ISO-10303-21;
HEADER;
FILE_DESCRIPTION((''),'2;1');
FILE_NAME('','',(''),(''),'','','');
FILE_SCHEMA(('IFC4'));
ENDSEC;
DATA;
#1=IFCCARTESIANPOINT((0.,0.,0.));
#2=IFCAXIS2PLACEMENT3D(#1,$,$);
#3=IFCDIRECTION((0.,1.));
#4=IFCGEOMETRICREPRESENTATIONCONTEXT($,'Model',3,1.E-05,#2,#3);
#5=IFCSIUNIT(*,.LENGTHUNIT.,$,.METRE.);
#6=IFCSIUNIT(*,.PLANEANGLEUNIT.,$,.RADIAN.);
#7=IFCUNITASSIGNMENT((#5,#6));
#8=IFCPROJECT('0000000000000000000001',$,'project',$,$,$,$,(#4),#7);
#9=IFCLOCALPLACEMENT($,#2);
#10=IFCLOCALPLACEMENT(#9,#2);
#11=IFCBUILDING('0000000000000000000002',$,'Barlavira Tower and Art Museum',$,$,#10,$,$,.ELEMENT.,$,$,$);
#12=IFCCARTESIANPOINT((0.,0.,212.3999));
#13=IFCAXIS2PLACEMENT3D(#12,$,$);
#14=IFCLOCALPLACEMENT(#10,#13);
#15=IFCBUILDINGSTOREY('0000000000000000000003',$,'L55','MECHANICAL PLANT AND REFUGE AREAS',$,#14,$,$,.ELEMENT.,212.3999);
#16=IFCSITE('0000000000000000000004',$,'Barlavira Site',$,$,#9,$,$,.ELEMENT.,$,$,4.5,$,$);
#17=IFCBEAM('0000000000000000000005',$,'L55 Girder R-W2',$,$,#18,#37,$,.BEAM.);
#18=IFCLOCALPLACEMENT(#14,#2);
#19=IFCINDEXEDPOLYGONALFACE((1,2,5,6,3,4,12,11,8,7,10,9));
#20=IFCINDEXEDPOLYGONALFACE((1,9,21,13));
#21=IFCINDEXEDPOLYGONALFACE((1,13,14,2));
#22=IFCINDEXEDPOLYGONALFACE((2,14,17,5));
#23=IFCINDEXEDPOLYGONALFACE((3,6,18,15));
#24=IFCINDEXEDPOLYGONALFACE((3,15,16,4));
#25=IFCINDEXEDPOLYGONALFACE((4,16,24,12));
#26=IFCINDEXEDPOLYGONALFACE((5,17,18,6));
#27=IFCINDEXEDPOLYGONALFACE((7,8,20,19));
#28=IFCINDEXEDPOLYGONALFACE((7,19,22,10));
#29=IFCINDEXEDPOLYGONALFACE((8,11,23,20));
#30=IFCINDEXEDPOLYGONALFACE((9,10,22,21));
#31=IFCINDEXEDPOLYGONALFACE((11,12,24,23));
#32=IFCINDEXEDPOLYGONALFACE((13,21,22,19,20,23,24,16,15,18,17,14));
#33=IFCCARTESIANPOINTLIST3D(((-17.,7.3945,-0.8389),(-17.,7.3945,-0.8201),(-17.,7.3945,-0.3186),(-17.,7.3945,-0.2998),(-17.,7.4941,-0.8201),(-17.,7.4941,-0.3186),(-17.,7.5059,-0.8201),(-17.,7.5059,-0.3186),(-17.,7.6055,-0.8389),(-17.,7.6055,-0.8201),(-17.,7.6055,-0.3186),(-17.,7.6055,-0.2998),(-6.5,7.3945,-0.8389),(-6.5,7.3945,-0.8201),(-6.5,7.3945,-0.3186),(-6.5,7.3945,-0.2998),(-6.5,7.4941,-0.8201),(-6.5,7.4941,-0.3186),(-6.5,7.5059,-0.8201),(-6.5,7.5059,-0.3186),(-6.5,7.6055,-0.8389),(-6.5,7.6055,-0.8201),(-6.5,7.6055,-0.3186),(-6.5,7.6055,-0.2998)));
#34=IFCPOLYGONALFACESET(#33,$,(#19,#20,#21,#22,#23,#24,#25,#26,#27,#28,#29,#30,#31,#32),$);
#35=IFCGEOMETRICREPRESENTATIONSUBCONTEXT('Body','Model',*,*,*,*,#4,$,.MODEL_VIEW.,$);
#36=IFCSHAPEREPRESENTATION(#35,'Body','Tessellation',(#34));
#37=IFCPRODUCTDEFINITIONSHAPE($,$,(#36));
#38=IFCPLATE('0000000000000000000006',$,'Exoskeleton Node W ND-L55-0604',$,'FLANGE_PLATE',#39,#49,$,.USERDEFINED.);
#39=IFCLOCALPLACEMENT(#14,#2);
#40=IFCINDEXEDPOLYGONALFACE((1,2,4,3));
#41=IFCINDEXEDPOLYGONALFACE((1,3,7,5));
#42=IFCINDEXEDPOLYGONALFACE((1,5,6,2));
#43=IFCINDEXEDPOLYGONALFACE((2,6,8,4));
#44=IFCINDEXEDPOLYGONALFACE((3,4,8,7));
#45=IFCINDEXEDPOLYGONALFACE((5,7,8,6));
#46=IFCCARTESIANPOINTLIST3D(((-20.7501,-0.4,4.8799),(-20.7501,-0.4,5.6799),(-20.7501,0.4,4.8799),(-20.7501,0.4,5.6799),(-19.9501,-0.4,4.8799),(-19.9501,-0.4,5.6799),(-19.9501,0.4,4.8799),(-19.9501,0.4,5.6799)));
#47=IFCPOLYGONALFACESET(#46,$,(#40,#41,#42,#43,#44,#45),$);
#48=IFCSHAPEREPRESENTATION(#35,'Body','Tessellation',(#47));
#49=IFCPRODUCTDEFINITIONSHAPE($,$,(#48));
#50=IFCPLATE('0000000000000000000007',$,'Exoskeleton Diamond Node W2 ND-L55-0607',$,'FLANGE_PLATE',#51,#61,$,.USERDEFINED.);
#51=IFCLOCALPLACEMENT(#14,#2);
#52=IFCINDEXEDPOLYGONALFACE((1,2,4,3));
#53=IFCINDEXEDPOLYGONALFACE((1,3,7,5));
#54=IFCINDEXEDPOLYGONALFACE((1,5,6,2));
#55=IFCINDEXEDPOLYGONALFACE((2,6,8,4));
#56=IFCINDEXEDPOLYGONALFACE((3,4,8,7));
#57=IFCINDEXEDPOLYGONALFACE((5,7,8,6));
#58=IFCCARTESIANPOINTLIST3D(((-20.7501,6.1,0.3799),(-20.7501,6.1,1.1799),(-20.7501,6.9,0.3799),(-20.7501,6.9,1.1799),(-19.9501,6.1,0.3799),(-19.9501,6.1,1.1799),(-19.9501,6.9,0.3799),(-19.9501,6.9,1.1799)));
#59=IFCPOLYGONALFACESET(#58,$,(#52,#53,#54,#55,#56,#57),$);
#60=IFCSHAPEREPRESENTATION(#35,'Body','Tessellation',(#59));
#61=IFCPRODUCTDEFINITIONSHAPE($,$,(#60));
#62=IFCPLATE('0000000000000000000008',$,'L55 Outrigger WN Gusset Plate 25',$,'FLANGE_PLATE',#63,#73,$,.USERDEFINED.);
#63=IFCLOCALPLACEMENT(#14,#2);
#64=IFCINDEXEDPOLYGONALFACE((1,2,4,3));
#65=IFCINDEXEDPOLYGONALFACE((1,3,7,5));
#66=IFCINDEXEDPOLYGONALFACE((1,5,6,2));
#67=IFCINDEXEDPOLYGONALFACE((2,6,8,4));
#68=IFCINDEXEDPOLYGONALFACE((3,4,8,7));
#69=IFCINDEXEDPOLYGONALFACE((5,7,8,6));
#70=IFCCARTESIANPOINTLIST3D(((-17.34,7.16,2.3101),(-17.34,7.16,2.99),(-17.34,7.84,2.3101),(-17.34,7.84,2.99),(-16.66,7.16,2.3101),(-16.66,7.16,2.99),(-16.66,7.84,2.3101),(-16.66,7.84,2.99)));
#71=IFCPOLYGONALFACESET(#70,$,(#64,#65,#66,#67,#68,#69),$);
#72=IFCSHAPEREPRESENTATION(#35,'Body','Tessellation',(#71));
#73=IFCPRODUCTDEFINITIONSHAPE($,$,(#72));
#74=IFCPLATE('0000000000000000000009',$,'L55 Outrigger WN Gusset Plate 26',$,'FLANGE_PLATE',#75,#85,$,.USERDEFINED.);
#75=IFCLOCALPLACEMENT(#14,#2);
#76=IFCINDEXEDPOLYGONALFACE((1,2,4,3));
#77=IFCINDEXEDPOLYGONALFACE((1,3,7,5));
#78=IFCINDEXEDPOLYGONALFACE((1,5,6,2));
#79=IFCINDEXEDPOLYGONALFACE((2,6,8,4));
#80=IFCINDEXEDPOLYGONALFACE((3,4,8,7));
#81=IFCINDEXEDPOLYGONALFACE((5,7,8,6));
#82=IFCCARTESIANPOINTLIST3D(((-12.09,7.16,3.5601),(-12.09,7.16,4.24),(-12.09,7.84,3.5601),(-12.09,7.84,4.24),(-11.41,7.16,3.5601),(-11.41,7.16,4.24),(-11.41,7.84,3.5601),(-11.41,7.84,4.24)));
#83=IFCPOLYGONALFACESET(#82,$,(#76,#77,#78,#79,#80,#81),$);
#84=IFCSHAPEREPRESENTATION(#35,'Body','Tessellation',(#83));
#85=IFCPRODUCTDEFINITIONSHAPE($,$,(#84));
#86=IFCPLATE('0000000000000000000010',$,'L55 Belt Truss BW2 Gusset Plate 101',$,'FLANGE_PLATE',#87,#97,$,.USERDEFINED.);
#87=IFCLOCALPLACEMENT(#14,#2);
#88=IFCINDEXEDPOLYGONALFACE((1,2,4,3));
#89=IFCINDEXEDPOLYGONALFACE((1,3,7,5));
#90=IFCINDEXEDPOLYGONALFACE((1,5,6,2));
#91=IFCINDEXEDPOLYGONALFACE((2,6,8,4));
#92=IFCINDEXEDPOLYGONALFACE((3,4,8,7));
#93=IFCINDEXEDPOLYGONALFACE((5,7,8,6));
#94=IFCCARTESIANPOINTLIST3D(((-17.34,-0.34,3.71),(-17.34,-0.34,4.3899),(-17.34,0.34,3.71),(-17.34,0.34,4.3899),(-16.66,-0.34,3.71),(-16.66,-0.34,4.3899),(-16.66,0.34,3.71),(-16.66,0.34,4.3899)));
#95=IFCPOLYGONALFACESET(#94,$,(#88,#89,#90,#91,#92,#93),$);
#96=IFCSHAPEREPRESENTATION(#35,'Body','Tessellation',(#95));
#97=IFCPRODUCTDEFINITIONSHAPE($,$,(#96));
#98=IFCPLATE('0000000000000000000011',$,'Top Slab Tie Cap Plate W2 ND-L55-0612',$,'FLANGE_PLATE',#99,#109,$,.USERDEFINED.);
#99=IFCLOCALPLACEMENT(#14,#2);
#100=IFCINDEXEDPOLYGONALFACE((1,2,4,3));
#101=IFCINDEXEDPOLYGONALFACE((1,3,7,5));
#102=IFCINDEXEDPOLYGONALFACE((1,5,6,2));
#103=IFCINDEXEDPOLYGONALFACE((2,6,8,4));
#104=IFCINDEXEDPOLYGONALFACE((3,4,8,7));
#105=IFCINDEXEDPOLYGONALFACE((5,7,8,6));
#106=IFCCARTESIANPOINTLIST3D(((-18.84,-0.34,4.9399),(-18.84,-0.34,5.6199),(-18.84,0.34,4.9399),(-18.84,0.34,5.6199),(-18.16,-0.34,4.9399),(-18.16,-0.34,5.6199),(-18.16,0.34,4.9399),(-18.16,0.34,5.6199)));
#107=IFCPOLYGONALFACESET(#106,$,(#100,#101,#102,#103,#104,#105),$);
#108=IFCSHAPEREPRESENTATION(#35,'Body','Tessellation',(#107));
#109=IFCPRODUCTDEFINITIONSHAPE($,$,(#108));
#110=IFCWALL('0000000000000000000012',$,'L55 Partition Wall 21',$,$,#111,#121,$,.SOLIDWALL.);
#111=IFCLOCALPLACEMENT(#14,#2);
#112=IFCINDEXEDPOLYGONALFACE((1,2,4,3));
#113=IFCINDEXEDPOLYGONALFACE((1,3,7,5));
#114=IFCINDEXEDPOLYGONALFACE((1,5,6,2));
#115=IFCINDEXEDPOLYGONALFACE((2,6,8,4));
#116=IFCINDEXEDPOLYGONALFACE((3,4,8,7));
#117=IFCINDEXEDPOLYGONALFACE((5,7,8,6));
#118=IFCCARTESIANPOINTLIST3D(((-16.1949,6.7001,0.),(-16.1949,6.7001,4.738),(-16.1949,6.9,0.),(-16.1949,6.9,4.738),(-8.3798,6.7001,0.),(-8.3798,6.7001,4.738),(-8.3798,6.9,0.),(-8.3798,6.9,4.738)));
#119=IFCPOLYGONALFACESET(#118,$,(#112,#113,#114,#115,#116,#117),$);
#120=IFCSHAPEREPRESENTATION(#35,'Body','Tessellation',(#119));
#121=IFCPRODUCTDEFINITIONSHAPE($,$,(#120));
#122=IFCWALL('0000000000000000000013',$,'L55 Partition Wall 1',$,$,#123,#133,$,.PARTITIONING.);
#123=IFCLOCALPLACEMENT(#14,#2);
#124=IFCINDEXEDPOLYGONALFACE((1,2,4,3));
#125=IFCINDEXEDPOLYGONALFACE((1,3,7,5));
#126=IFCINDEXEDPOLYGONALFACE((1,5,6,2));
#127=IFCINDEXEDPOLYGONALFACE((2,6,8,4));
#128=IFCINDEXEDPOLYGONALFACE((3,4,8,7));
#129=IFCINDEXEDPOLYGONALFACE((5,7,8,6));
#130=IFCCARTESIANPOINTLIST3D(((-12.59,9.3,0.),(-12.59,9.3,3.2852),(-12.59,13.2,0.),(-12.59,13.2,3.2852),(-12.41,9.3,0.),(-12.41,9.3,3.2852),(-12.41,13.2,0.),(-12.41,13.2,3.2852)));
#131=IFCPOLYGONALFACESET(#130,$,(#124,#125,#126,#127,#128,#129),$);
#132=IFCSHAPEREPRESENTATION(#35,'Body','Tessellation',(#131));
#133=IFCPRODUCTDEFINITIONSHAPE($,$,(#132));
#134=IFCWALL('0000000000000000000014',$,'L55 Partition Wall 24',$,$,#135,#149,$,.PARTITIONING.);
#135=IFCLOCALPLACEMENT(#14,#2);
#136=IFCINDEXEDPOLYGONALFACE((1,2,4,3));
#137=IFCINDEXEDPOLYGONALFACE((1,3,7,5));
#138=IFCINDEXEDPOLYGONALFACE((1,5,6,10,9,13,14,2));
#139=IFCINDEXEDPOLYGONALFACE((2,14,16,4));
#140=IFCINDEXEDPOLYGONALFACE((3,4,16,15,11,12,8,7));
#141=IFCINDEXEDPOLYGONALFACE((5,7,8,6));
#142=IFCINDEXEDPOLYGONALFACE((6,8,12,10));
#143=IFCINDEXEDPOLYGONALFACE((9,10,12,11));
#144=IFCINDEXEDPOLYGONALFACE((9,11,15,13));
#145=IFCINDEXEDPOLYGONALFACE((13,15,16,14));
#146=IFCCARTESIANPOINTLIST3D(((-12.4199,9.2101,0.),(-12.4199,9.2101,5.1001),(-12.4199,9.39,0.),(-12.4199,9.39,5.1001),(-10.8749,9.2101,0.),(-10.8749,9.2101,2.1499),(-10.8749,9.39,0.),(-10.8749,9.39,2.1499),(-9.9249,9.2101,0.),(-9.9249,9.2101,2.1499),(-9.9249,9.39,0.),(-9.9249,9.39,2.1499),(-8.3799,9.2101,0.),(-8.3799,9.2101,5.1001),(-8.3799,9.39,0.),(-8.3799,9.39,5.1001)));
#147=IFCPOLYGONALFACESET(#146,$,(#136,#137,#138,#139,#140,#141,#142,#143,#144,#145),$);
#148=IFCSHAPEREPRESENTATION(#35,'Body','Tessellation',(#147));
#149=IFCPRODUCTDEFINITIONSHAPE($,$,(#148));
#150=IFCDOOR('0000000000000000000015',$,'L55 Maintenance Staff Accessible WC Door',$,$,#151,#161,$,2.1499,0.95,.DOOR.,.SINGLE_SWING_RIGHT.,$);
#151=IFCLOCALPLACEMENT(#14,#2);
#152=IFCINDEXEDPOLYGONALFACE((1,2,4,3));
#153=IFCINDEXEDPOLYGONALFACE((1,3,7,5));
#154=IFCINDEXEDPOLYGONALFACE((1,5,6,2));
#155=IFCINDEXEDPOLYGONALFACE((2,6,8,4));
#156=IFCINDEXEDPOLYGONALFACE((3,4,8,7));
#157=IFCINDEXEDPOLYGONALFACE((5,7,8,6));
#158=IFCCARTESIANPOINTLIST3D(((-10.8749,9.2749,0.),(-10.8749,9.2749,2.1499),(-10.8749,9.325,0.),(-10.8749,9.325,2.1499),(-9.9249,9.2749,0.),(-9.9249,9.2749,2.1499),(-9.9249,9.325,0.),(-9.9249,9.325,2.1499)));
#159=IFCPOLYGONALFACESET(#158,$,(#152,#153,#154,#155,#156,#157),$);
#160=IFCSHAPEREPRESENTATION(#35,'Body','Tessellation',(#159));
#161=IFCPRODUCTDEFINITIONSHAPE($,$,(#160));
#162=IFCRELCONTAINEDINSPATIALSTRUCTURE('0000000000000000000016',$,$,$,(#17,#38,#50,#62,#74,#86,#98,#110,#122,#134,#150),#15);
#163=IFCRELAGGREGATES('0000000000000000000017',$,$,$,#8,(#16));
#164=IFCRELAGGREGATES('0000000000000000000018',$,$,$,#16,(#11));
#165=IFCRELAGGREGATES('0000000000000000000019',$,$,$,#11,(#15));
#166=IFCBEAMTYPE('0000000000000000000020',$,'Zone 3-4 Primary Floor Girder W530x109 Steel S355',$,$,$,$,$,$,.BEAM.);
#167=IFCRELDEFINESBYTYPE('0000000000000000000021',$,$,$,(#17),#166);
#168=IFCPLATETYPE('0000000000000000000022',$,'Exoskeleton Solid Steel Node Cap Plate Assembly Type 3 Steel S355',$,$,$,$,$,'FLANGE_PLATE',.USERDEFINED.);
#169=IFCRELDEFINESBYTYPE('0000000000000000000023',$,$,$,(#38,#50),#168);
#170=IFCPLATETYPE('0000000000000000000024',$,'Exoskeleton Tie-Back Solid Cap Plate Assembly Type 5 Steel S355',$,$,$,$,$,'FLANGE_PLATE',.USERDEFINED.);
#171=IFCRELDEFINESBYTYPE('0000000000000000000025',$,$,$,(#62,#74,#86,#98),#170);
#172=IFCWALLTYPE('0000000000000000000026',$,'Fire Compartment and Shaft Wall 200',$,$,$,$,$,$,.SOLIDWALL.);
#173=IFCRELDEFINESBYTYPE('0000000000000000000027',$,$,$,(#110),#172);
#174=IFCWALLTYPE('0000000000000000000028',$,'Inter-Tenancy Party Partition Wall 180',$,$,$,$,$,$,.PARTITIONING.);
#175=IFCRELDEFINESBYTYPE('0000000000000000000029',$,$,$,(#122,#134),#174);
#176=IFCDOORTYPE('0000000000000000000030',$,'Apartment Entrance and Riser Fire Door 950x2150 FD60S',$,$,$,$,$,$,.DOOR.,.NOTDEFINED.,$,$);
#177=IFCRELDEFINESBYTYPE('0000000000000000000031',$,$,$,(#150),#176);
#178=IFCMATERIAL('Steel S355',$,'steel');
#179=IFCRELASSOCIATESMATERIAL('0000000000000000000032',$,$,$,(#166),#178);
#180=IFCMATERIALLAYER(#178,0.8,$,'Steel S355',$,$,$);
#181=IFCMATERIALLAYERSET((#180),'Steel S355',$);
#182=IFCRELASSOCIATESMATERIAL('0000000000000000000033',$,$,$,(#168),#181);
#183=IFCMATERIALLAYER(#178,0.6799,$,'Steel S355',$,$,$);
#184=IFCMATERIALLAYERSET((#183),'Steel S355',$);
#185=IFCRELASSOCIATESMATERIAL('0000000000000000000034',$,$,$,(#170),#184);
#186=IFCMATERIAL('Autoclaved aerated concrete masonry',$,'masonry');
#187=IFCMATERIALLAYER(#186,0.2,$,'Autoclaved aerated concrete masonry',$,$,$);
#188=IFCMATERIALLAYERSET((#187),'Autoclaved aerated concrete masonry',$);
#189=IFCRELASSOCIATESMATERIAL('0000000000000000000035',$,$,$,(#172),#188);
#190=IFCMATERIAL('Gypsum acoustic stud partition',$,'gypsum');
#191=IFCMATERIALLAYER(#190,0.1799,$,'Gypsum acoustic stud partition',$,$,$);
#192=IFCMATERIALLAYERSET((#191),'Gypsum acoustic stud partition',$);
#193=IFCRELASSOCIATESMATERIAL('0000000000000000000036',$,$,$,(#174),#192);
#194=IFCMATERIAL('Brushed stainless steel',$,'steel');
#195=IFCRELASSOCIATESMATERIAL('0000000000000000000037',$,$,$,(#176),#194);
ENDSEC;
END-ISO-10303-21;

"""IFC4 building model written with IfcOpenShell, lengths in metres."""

from ifc_helpers import new_model, si_unit, direction, frame, frame_2d, origin, origin_2d, place, context, subcontext, project, spatial, rectangle, i_section, extrude, material, layer, layer_set, material_profile, profile_set, type_object, element, fill, save


model = new_model("IFC4")

# Units and contexts
model_context = context("Model", 3, precision=1e-05, world=origin(), true_north=direction((0.0, 1.0)))
body_context = subcontext(model_context, "Body", "Model", "MODEL_VIEW")
ifc_project = project(units=[si_unit("LENGTHUNIT", "METRE"), si_unit("PLANEANGLEUNIT", "RADIAN")], contexts=[model_context])

# Site, building, storey
site_placement = place(None, origin())
site = spatial("IfcSite", under=ifc_project, at=site_placement, Name="Barlavira Site", CompositionType="ELEMENT", RefElevation=4.5)
building_placement = place(site_placement, origin())
building = spatial("IfcBuilding", under=site, at=building_placement, Name="Barlavira Tower and Art Museum", CompositionType="ELEMENT")
storey_placement = place(building_placement, frame((0.0, 0.0, 212.3999)))
storey = spatial("IfcBuildingStorey", under=building, at=storey_placement, Name="L55", Description="MECHANICAL PLANT AND REFUGE AREAS", CompositionType="ELEMENT", Elevation=212.3999)

# Shared definitions
ifc_material_1 = material(Name="Steel S355", Category="steel")

# Beam
ifc_material_profile_1 = material_profile(ifc_material_1, i_section(OverallWidth=0.2109, OverallDepth=0.5391, WebThickness=0.0117, FlangeThickness=0.0188, at=origin_2d()), Name="W530x109.0")
ifc_profile_set_1 = profile_set([ifc_material_profile_1], Name="Steel S355")
beam_type_1 = type_object("IfcBeamType", Name="Zone 3-4 Primary Floor Girder W530x109 Steel S355", PredefinedType="BEAM", material=ifc_profile_set_1)
beam_1_placement = place(storey_placement, frame((-17.0, 7.5, -0.5693), z_axis=(1.0, 0.0, 0.0), x_axis=(0.0, 1.0, 0.0)))
element("IfcBeam", 1, at=beam_1_placement, inside=storey, type_object=beam_type_1, Name="L55 Girder R-W2", PredefinedType="BEAM", context=body_context, shape_type="SweptSolid", body=[
    extrude(i_section(OverallWidth=0.2109, OverallDepth=0.5391, WebThickness=0.0117, FlangeThickness=0.0188, at=origin_2d()), origin(), (0.0, 0.0, 1.0), 10.5),
])

# Plates
ifc_layer_1 = layer(ifc_material_1, 0.8, Name="Steel S355")
ifc_layer_set_1 = layer_set([ifc_layer_1], Name="Steel S355")
plate_type_1 = type_object("IfcPlateType", Name="Exoskeleton Solid Steel Node Cap Plate Assembly Type 3 Steel S355", ElementType="FLANGE_PLATE", PredefinedType="USERDEFINED", material=ifc_layer_set_1)
for number, where, z_axis, x_axis, name in (
    (2, (-20.3501, 0.0, 4.8799), (0.0, 0.0, 1.0), (1.0, 0.0, 0.0), "Exoskeleton Node W ND-L55-0604"),
    (3, (-20.3501, 6.5, 0.3799), (0.0, 0.0, 1.0), (1.0, 0.0, 0.0), "Exoskeleton Diamond Node W2 ND-L55-0607"),
):
    element("IfcPlate", number, at=place(storey_placement, frame(where, z_axis=z_axis, x_axis=x_axis)), inside=storey, type_object=plate_type_1, Name=name, ObjectType="FLANGE_PLATE", PredefinedType="USERDEFINED", context=body_context, shape_type="SweptSolid", body=[
        extrude(rectangle(XDim=0.8, YDim=0.8, at=origin_2d()), origin(), (0.0, 0.0, 1.0), 0.8),
    ])
ifc_layer_2 = layer(ifc_material_1, 0.6799, Name="Steel S355")
ifc_layer_set_2 = layer_set([ifc_layer_2], Name="Steel S355")
plate_type_2 = type_object("IfcPlateType", Name="Exoskeleton Tie-Back Solid Cap Plate Assembly Type 5 Steel S355", ElementType="FLANGE_PLATE", PredefinedType="USERDEFINED", material=ifc_layer_set_2)
for number, where, z_axis, x_axis, name in (
    (4, (-17.0, 7.5, 2.3101), (0.0, 0.0, 1.0), (1.0, 0.0, 0.0), "L55 Outrigger WN Gusset Plate 25"),
    (5, (-11.75, 7.5, 3.5601), (0.0, 0.0, 1.0), (1.0, 0.0, 0.0), "L55 Outrigger WN Gusset Plate 26"),
    (6, (-17.0, 0.0, 3.71), (0.0, 0.0, 1.0), (1.0, 0.0, 0.0), "L55 Belt Truss BW2 Gusset Plate 101"),
    (7, (-18.5, 0.0, 4.9399), (0.0, 0.0, 1.0), (1.0, 0.0, 0.0), "Top Slab Tie Cap Plate W2 ND-L55-0612"),
):
    element("IfcPlate", number, at=place(storey_placement, frame(where, z_axis=z_axis, x_axis=x_axis)), inside=storey, type_object=plate_type_2, Name=name, ObjectType="FLANGE_PLATE", PredefinedType="USERDEFINED", context=body_context, shape_type="SweptSolid", body=[
        extrude(rectangle(XDim=0.6799, YDim=0.6799, at=origin_2d()), origin(), (0.0, 0.0, 1.0), 0.6799),
    ])

# Walls
ifc_material_2 = material(Name="Autoclaved aerated concrete masonry", Category="masonry")
ifc_layer_3 = layer(ifc_material_2, 0.2, Name="Autoclaved aerated concrete masonry")
ifc_layer_set_3 = layer_set([ifc_layer_3], Name="Autoclaved aerated concrete masonry")
wall_type_1 = type_object("IfcWallType", Name="Fire Compartment and Shaft Wall 200", PredefinedType="SOLIDWALL", material=ifc_layer_set_3)
wall_1_placement = place(storey_placement, frame((-16.1951, 6.8, 0.0), z_axis=(0.0, 0.0, 1.0), x_axis=(1.0, 0.0, 0.0)))
element("IfcWall", 8, at=wall_1_placement, inside=storey, type_object=wall_type_1, Name="L55 Partition Wall 21", PredefinedType="SOLIDWALL", context=body_context, shape_type="SweptSolid", body=[
    extrude(rectangle(XDim=7.8152, YDim=0.2, at=frame_2d((3.9077, 0.0))), origin(), (0.0, 0.0, 1.0), 4.738),
])
ifc_material_3 = material(Name="Gypsum acoustic stud partition", Category="gypsum")
ifc_layer_4 = layer(ifc_material_3, 0.1799, Name="Gypsum acoustic stud partition")
ifc_layer_set_4 = layer_set([ifc_layer_4], Name="Gypsum acoustic stud partition")
wall_type_2 = type_object("IfcWallType", Name="Inter-Tenancy Party Partition Wall 180", PredefinedType="PARTITIONING", material=ifc_layer_set_4)
wall_2_placement = place(storey_placement, frame((-12.5, 9.3, 0.0), z_axis=(0.0, 0.0, 1.0), x_axis=(0.0, 1.0, 0.0)))
element("IfcWall", 9, at=wall_2_placement, inside=storey, type_object=wall_type_2, Name="L55 Partition Wall 1", PredefinedType="PARTITIONING", context=body_context, shape_type="SweptSolid", body=[
    extrude(rectangle(XDim=3.8999, YDim=0.1799, at=frame_2d((1.95, 0.0))), origin(), (0.0, 0.0, 1.0), 3.2852),
])

# Wall, opening, door
wall_3_placement = place(storey_placement, frame((-12.4199, 9.3, 0.0), z_axis=(0.0, 0.0, 1.0), x_axis=(1.0, 0.0, 0.0)))
wall_3 = element("IfcWall", 10, at=wall_3_placement, inside=storey, type_object=wall_type_2, Name="L55 Partition Wall 24", PredefinedType="PARTITIONING", context=body_context, shape_type="SweptSolid", body=[
    extrude(rectangle(XDim=4.04, YDim=0.1799, at=frame_2d((2.02, 0.0))), origin(), (0.0, 0.0, 1.0), 5.1001),
])
opening_placement = place(wall_3_placement, frame((1.5449, 0.0, 0.0)))
opening = element("IfcOpeningElement", 11, at=opening_placement, cuts=wall_3, PredefinedType="OPENING", context=body_context, shape_type="SweptSolid", body=[
    extrude(rectangle(XDim=0.95, YDim=2.1499, at=frame_2d((0.4751, 1.075))), frame((0.0, 0.1001, 0.0), z_axis=(0.0, -1.0, 0.0), x_axis=(1.0, 0.0, 0.0)), (0.0, 0.0, 1.0), 0.2),
])
ifc_material_4 = material(Name="Brushed stainless steel", Category="steel")
door_type = type_object("IfcDoorType", Name="Apartment Entrance and Riser Fire Door 950x2150 FD60S", OperationType="NOTDEFINED", PredefinedType="DOOR", material=ifc_material_4)
door_placement = place(opening_placement, origin())
door = element("IfcDoor", 12, at=door_placement, inside=storey, type_object=door_type, Name="L55 Maintenance Staff Accessible WC Door", OperationType="SINGLE_SWING_RIGHT", OverallHeight=2.1499, OverallWidth=0.95, PredefinedType="DOOR", context=body_context, shape_type="SweptSolid", body=[
    extrude(rectangle(XDim=0.95, YDim=2.1499, at=frame_2d((0.4751, 1.075))), frame((0.0, 0.0249, 0.0), z_axis=(0.0, -1.0, 0.0), x_axis=(1.0, 0.0, 0.0)), (0.0, 0.0, 1.0), 0.05),
])
fill(opening, door)

save(model, "model.ifc")
